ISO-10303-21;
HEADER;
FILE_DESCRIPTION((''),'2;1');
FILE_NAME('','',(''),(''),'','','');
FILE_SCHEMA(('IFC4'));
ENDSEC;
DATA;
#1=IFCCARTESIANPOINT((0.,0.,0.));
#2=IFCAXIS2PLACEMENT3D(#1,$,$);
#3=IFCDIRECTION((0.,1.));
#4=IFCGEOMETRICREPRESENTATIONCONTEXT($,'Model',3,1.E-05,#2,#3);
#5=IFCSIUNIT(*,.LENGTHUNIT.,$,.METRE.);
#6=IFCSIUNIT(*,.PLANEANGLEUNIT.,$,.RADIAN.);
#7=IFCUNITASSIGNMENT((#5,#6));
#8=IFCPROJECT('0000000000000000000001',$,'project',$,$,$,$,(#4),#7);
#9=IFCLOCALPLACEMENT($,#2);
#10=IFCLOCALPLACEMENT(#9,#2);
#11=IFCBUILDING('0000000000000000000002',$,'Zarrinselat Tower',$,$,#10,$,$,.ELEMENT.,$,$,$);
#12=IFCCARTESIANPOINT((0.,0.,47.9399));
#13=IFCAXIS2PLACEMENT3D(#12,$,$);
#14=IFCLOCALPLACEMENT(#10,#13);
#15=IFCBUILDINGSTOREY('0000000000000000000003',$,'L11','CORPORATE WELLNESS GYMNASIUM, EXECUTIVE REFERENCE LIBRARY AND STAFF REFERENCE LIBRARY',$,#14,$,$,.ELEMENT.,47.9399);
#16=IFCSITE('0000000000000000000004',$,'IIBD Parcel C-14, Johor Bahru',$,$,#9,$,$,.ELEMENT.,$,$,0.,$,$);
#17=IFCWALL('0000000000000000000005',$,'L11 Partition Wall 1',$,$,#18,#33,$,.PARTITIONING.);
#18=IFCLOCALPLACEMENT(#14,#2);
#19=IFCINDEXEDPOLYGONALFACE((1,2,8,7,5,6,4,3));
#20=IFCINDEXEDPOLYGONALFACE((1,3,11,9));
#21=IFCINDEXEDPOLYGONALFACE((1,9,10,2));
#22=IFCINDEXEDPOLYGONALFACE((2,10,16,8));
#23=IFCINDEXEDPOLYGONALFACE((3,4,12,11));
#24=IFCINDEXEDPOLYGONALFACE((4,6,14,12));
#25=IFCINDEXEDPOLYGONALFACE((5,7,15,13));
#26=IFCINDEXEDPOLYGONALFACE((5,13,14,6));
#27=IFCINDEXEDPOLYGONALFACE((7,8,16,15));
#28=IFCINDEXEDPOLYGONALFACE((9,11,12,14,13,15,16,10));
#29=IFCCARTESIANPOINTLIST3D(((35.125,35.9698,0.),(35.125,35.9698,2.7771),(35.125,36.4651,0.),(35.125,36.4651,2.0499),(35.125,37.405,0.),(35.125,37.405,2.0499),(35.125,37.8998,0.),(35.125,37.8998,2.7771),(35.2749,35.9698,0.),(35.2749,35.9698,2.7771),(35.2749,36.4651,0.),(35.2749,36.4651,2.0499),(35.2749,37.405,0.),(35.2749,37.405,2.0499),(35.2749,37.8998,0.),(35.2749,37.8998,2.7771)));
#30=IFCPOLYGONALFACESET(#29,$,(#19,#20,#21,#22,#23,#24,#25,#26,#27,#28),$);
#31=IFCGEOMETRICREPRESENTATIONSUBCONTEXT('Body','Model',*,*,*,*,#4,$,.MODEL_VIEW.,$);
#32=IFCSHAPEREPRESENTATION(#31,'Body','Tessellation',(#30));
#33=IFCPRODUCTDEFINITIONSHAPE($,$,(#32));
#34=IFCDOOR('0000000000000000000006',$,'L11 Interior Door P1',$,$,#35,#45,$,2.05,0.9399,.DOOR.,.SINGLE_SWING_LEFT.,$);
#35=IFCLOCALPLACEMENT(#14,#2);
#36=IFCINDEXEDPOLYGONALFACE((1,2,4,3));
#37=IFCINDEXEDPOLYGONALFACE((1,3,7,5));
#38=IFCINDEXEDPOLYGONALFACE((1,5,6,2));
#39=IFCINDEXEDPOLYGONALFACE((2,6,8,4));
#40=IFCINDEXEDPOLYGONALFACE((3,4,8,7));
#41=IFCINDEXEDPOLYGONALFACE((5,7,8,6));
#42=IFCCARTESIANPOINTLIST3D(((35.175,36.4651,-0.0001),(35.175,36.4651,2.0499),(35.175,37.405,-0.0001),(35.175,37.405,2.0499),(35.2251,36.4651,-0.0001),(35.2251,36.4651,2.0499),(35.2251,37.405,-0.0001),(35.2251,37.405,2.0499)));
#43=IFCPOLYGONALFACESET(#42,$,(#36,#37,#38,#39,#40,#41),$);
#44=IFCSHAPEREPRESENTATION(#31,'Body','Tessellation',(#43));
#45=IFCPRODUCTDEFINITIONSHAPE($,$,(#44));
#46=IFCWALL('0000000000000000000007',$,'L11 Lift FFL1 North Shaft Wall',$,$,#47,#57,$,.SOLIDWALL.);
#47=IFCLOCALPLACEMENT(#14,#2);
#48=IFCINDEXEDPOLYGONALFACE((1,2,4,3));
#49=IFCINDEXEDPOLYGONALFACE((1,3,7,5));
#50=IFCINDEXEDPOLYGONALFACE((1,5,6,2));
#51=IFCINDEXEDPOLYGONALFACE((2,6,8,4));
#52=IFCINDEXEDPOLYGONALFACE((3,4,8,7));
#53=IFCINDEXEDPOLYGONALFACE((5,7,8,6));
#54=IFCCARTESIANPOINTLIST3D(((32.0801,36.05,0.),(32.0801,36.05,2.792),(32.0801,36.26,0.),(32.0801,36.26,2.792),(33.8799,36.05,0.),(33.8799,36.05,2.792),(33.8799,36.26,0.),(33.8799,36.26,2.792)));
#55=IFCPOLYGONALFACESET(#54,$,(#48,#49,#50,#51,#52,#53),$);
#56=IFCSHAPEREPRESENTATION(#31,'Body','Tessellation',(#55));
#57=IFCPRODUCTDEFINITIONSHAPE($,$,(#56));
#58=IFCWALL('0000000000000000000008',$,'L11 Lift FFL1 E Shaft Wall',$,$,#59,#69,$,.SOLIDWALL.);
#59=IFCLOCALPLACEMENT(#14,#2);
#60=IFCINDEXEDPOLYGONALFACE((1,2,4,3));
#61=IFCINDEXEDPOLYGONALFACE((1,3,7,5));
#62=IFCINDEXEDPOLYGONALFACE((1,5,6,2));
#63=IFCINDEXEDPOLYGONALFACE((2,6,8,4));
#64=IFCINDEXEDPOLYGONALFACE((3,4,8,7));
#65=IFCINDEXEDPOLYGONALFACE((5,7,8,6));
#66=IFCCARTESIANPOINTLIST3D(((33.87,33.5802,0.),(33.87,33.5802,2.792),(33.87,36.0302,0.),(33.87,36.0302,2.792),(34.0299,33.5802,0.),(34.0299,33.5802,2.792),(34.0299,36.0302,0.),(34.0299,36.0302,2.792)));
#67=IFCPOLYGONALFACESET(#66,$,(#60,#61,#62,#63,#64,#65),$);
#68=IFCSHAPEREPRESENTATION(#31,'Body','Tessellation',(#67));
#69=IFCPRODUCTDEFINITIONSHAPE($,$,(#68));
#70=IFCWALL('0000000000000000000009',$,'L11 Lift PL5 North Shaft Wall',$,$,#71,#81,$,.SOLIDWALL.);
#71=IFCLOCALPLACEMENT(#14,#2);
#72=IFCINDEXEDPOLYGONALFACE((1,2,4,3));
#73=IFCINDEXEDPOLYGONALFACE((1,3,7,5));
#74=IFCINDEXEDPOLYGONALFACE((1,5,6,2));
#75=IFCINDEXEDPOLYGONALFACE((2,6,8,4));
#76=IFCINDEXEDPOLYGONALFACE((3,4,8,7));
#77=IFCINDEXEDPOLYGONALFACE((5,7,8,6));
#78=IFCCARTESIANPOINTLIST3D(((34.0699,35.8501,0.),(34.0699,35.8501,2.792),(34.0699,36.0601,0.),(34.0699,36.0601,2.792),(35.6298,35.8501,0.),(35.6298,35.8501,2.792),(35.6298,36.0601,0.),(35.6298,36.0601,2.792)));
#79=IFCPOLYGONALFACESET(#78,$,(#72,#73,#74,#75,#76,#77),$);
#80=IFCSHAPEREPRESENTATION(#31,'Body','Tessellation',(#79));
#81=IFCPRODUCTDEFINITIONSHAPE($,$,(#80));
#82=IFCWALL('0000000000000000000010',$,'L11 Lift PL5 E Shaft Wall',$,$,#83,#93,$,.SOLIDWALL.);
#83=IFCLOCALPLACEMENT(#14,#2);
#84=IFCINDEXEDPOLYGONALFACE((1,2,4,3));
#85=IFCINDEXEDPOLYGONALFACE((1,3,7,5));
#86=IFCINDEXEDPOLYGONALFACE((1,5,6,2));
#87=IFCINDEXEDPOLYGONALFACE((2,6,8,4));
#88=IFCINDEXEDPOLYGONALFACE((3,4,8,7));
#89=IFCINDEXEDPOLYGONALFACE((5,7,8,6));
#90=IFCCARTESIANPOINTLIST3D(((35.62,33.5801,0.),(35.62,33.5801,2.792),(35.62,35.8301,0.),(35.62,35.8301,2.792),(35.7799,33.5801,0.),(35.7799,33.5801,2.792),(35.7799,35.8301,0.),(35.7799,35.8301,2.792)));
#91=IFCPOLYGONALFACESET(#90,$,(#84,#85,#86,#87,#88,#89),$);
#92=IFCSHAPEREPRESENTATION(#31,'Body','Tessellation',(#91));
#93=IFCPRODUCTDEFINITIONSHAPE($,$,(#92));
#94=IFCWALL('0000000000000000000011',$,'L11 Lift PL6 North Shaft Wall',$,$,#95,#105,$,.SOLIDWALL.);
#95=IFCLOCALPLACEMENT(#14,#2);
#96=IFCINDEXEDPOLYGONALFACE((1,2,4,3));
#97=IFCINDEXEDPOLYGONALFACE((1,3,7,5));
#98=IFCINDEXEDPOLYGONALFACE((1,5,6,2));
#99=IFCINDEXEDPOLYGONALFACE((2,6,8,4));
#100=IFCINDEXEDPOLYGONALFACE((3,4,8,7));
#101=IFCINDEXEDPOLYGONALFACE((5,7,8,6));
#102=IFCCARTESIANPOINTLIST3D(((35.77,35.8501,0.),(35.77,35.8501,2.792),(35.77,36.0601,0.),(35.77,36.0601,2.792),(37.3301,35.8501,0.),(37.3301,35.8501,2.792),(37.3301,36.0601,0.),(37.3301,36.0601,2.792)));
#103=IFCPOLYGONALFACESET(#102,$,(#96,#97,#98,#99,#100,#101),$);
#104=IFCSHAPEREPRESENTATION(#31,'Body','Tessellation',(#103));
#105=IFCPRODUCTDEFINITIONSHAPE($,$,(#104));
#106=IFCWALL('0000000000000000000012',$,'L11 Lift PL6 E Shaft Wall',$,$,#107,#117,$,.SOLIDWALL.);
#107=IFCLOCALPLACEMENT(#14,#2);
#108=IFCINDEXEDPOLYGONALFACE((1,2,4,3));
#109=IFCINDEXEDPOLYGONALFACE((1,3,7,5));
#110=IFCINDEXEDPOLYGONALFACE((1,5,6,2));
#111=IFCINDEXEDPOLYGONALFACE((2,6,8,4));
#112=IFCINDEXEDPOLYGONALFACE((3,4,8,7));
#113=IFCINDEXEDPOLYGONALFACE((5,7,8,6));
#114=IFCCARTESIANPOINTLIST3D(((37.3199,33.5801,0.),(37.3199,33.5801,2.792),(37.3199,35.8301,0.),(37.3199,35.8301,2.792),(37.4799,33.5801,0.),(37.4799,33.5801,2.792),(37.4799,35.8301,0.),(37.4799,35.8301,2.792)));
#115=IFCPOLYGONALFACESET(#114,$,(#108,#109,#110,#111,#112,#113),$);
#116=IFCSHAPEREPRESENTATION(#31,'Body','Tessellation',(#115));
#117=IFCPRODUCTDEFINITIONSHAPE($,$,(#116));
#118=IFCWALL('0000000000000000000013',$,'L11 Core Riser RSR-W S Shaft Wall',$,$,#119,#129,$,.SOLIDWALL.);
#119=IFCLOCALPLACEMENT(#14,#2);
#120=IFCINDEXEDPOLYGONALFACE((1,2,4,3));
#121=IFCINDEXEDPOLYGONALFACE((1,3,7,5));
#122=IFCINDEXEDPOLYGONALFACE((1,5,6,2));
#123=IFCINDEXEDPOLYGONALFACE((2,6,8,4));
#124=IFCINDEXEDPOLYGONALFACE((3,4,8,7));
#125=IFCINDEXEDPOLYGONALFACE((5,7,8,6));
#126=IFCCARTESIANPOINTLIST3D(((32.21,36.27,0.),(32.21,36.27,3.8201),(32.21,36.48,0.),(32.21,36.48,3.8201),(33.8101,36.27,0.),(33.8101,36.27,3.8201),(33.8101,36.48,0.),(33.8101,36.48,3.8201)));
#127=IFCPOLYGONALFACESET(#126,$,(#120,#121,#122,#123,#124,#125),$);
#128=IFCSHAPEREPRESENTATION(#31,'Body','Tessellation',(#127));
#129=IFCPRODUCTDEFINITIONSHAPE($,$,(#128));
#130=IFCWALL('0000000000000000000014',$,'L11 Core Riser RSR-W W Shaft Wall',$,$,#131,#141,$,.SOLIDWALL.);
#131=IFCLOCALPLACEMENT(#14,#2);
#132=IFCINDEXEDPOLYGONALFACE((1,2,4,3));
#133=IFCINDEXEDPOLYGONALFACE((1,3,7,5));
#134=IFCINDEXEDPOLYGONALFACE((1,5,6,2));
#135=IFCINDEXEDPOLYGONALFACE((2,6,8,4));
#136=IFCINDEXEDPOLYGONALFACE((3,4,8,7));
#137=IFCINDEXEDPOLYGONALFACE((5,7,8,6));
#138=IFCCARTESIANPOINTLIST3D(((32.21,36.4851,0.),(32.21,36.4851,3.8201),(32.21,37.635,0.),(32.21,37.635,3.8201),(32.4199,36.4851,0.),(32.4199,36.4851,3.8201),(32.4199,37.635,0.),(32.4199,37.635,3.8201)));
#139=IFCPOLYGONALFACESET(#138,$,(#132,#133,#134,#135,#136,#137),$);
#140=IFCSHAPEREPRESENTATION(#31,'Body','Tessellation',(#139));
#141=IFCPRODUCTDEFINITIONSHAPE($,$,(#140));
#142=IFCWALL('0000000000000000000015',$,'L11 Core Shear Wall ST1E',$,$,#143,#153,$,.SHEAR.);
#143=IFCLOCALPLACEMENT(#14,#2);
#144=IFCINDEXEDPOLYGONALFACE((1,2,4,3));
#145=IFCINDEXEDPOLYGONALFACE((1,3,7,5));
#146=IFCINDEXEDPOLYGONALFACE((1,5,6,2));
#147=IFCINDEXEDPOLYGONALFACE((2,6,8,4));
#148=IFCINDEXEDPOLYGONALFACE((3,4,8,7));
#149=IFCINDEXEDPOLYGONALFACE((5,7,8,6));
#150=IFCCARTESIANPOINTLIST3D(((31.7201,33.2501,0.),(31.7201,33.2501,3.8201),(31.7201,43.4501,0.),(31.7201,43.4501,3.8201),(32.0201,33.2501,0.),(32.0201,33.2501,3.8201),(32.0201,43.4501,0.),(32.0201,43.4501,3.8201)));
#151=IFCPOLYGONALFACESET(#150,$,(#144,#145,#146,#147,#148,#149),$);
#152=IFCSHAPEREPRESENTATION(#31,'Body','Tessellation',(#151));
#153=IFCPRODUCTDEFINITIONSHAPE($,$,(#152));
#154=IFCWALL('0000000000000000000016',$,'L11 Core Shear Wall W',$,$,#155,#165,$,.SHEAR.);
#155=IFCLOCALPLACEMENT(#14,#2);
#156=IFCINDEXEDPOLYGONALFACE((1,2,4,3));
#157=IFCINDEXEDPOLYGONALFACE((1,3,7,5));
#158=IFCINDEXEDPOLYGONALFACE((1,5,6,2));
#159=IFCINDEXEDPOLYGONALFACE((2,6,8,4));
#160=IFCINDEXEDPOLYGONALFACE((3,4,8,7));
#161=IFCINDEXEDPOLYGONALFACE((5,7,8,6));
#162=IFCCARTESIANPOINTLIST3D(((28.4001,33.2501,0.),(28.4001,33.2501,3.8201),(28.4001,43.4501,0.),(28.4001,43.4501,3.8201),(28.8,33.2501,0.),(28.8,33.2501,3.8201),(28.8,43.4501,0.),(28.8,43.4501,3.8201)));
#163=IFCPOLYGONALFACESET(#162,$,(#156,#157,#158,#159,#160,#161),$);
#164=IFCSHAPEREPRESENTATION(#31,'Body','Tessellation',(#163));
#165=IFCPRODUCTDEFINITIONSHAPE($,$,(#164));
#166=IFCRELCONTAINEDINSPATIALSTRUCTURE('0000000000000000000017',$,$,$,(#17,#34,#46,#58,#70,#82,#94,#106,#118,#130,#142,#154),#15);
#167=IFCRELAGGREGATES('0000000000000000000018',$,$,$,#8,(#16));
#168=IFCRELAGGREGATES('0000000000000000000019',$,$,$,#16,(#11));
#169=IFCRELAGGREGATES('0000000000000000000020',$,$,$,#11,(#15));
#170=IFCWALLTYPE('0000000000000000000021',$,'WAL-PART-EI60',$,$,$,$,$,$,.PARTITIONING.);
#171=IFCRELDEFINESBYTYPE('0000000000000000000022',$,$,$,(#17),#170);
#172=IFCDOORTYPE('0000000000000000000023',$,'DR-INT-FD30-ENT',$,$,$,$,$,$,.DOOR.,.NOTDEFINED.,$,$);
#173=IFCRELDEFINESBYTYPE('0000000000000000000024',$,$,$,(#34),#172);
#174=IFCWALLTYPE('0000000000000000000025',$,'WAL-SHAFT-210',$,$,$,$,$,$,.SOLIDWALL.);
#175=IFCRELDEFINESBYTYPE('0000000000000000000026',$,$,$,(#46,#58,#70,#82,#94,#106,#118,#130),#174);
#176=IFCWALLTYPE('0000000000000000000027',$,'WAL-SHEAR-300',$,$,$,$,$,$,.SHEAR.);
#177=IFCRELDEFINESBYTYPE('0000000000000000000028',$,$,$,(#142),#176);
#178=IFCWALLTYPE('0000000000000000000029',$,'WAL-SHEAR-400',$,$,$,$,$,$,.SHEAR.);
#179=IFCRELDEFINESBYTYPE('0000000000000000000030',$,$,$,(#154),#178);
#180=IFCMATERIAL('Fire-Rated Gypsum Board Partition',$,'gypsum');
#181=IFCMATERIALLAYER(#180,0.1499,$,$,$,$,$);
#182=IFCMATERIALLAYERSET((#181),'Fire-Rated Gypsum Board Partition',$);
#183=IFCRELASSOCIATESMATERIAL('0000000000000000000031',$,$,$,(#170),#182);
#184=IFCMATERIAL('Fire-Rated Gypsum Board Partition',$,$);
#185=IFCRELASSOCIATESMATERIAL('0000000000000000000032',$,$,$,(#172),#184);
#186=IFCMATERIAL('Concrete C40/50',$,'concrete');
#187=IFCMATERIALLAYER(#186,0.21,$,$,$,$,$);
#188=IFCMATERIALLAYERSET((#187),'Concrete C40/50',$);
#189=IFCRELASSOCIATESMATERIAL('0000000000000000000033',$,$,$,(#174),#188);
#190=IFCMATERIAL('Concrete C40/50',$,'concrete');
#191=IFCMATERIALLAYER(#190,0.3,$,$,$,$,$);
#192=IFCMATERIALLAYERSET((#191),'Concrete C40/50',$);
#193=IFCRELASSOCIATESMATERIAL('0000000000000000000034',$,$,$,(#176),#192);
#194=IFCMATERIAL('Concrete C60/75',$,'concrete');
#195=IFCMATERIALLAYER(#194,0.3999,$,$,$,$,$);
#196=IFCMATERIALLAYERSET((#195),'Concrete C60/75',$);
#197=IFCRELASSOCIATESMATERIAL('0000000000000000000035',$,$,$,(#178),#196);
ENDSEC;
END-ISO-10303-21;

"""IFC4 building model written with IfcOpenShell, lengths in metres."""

from ifc_helpers import new_model, si_unit, direction, frame, frame_2d, origin, place, context, subcontext, project, spatial, rectangle, extrude, material, layer, layer_set, type_object, element, fill, save


model = new_model("IFC4")

# Units and contexts
model_context = context("Model", 3, precision=1e-05, world=origin(), true_north=direction((0.0, 1.0)))
body_context = subcontext(model_context, "Body", "Model", "MODEL_VIEW")
ifc_project = project(units=[si_unit("LENGTHUNIT", "METRE"), si_unit("PLANEANGLEUNIT", "RADIAN")], contexts=[model_context])

# Site, building, storey
site_placement = place(None, origin())
site = spatial("IfcSite", under=ifc_project, at=site_placement, Name="IIBD Parcel C-14, Johor Bahru", CompositionType="ELEMENT", RefElevation=0.0)
building_placement = place(site_placement, origin())
building = spatial("IfcBuilding", under=site, at=building_placement, Name="Zarrinselat Tower", CompositionType="ELEMENT")
storey_placement = place(building_placement, frame((0.0, 0.0, 47.9399)))
storey = spatial("IfcBuildingStorey", under=building, at=storey_placement, Name="L11", Description="CORPORATE WELLNESS GYMNASIUM, EXECUTIVE REFERENCE LIBRARY AND STAFF REFERENCE LIBRARY", CompositionType="ELEMENT", Elevation=47.9399)

# Wall, opening, door
ifc_material_1 = material(Name="Fire-Rated Gypsum Board Partition", Category="gypsum")
ifc_layer_1 = layer(ifc_material_1, 0.1499)
ifc_layer_set_1 = layer_set([ifc_layer_1], Name="Fire-Rated Gypsum Board Partition")
wall_type_1 = type_object("IfcWallType", Name="WAL-PART-EI60", PredefinedType="PARTITIONING", material=ifc_layer_set_1)
wall_1_placement = place(storey_placement, frame((35.2, 35.97, 0.0), z_axis=(0.0, 0.0, 1.0), x_axis=(0.0, 1.0, 0.0)))
wall_1 = element("IfcWall", 1, at=wall_1_placement, inside=storey, type_object=wall_type_1, Name="L11 Partition Wall 1", PredefinedType="PARTITIONING", context=body_context, shape_type="SweptSolid", body=[
    extrude(rectangle(XDim=1.9299, YDim=0.1499, at=frame_2d((0.9648, 0.0))), origin(), (0.0, 0.0, 1.0), 2.7771),
])
opening_1_placement = place(wall_1_placement, frame((0.4951, 0.0, 0.0)))
opening_1 = element("IfcOpeningElement", 2, at=opening_1_placement, cuts=wall_1, PredefinedType="OPENING", context=body_context, shape_type="SweptSolid", body=[
    extrude(rectangle(XDim=0.9399, YDim=2.05, at=frame_2d((0.47, 1.0249))), frame((0.0, 0.085, 0.0), z_axis=(0.0, -1.0, 0.0), x_axis=(1.0, 0.0, 0.0)), (0.0, 0.0, 1.0), 0.1699),
])
ifc_material_2 = material(Name="Fire-Rated Gypsum Board Partition")
door_type_1 = type_object("IfcDoorType", Name="DR-INT-FD30-ENT", OperationType="NOTDEFINED", PredefinedType="DOOR", material=ifc_material_2)
door_1_placement = place(opening_1_placement, origin())
door_1 = element("IfcDoor", 3, at=door_1_placement, inside=storey, type_object=door_type_1, Name="L11 Interior Door P1", OperationType="SINGLE_SWING_LEFT", OverallHeight=2.05, OverallWidth=0.9399, PredefinedType="DOOR", context=body_context, shape_type="SweptSolid", body=[
    extrude(rectangle(XDim=0.9399, YDim=2.05, at=frame_2d((0.47, 1.0249))), frame((0.0, 0.0249, 0.0), z_axis=(0.0, -1.0, 0.0), x_axis=(1.0, 0.0, 0.0)), (0.0, 0.0, 1.0), 0.05),
])
fill(opening_1, door_1)

# Walls
ifc_material_3 = material(Name="Concrete C40/50", Category="concrete")
ifc_layer_2 = layer(ifc_material_3, 0.21)
ifc_layer_set_2 = layer_set([ifc_layer_2], Name="Concrete C40/50")
wall_type_2 = type_object("IfcWallType", Name="WAL-SHAFT-210", PredefinedType="SOLIDWALL", material=ifc_layer_set_2)
wall_2_placement = place(storey_placement, frame((32.0801, 36.155, 0.0), z_axis=(0.0, 0.0, 1.0), x_axis=(1.0, 0.0, 0.0)))
element("IfcWall", 4, at=wall_2_placement, inside=storey, type_object=wall_type_2, Name="L11 Lift FFL1 North Shaft Wall", PredefinedType="SOLIDWALL", context=body_context, shape_type="SweptSolid", body=[
    extrude(rectangle(XDim=1.7998, YDim=0.21, at=frame_2d((0.8999, 0.0))), origin(), (0.0, 0.0, 1.0), 2.792),
])
wall_3_placement = place(storey_placement, frame((33.95, 33.5801, 0.0), z_axis=(0.0, 0.0, 1.0), x_axis=(0.0, 1.0, 0.0)))
element("IfcWall", 5, at=wall_3_placement, inside=storey, type_object=wall_type_2, Name="L11 Lift FFL1 E Shaft Wall", PredefinedType="SOLIDWALL", context=body_context, shape_type="SweptSolid", body=[
    extrude(rectangle(XDim=2.45, YDim=0.1599, at=frame_2d((1.2251, 0.0))), origin(), (0.0, 0.0, 1.0), 2.792),
])
wall_4_placement = place(storey_placement, frame((34.0701, 35.9551, 0.0), z_axis=(0.0, 0.0, 1.0), x_axis=(1.0, 0.0, 0.0)))
element("IfcWall", 6, at=wall_4_placement, inside=storey, type_object=wall_type_2, Name="L11 Lift PL5 North Shaft Wall", PredefinedType="SOLIDWALL", context=body_context, shape_type="SweptSolid", body=[
    extrude(rectangle(XDim=1.5598, YDim=0.21, at=frame_2d((0.7798, 0.0))), origin(), (0.0, 0.0, 1.0), 2.792),
])
wall_5_placement = place(storey_placement, frame((35.7, 33.5801, 0.0), z_axis=(0.0, 0.0, 1.0), x_axis=(0.0, 1.0, 0.0)))
element("IfcWall", 7, at=wall_5_placement, inside=storey, type_object=wall_type_2, Name="L11 Lift PL5 E Shaft Wall", PredefinedType="SOLIDWALL", context=body_context, shape_type="SweptSolid", body=[
    extrude(rectangle(XDim=2.25, YDim=0.1599, at=frame_2d((1.125, 0.0))), origin(), (0.0, 0.0, 1.0), 2.792),
])
wall_6_placement = place(storey_placement, frame((35.77, 35.9551, 0.0), z_axis=(0.0, 0.0, 1.0), x_axis=(1.0, 0.0, 0.0)))
element("IfcWall", 8, at=wall_6_placement, inside=storey, type_object=wall_type_2, Name="L11 Lift PL6 North Shaft Wall", PredefinedType="SOLIDWALL", context=body_context, shape_type="SweptSolid", body=[
    extrude(rectangle(XDim=1.5601, YDim=0.21, at=frame_2d((0.78, 0.0))), origin(), (0.0, 0.0, 1.0), 2.792),
])
wall_7_placement = place(storey_placement, frame((37.3999, 33.5801, 0.0), z_axis=(0.0, 0.0, 1.0), x_axis=(0.0, 1.0, 0.0)))
element("IfcWall", 9, at=wall_7_placement, inside=storey, type_object=wall_type_2, Name="L11 Lift PL6 E Shaft Wall", PredefinedType="SOLIDWALL", context=body_context, shape_type="SweptSolid", body=[
    extrude(rectangle(XDim=2.25, YDim=0.1599, at=frame_2d((1.125, 0.0))), origin(), (0.0, 0.0, 1.0), 2.792),
])
wall_8_placement = place(storey_placement, frame((32.21, 36.375, 0.0), z_axis=(0.0, 0.0, 1.0), x_axis=(1.0, 0.0, 0.0)))
element("IfcWall", 10, at=wall_8_placement, inside=storey, type_object=wall_type_2, Name="L11 Core Riser RSR-W S Shaft Wall", PredefinedType="SOLIDWALL", context=body_context, shape_type="SweptSolid", body=[
    extrude(rectangle(XDim=1.6001, YDim=0.21, at=frame_2d((0.8, 0.0))), origin(), (0.0, 0.0, 1.0), 3.8201),
])
wall_9_placement = place(storey_placement, frame((32.3149, 36.4851, 0.0), z_axis=(0.0, 0.0, 1.0), x_axis=(0.0, 1.0, 0.0)))
element("IfcWall", 11, at=wall_9_placement, inside=storey, type_object=wall_type_2, Name="L11 Core Riser RSR-W W Shaft Wall", PredefinedType="SOLIDWALL", context=body_context, shape_type="SweptSolid", body=[
    extrude(rectangle(XDim=1.1499, YDim=0.21, at=frame_2d((0.575, 0.0))), origin(), (0.0, 0.0, 1.0), 3.8201),
])
ifc_material_4 = material(Name="Concrete C40/50", Category="concrete")
ifc_layer_3 = layer(ifc_material_4, 0.3)
ifc_layer_set_3 = layer_set([ifc_layer_3], Name="Concrete C40/50")
wall_type_3 = type_object("IfcWallType", Name="WAL-SHEAR-300", PredefinedType="SHEAR", material=ifc_layer_set_3)
wall_10_placement = place(storey_placement, frame((31.8701, 33.25, 0.0), z_axis=(0.0, 0.0, 1.0), x_axis=(0.0, 1.0, 0.0)))
element("IfcWall", 12, at=wall_10_placement, inside=storey, type_object=wall_type_3, Name="L11 Core Shear Wall ST1E", PredefinedType="SHEAR", context=body_context, shape_type="SweptSolid", body=[
    extrude(rectangle(XDim=10.2, YDim=0.3, at=frame_2d((5.1001, 0.0))), origin(), (0.0, 0.0, 1.0), 3.8201),
])

# Shared definitions
ifc_material_5 = material(Name="Concrete C60/75", Category="concrete")
ifc_layer_4 = layer(ifc_material_5, 0.3999)
ifc_layer_set_4 = layer_set([ifc_layer_4], Name="Concrete C60/75")
wall_type_4 = type_object("IfcWallType", Name="WAL-SHEAR-400", PredefinedType="SHEAR", material=ifc_layer_set_4)

# Wall
wall_11_placement = place(storey_placement, frame((28.6001, 33.25, 0.0), z_axis=(0.0, 0.0, 1.0), x_axis=(0.0, 1.0, 0.0)))
element("IfcWall", 13, at=wall_11_placement, inside=storey, type_object=wall_type_4, Name="L11 Core Shear Wall W", PredefinedType="SHEAR", context=body_context, shape_type="SweptSolid", body=[
    extrude(rectangle(XDim=10.2, YDim=0.3999, at=frame_2d((5.1001, 0.0))), origin(), (0.0, 0.0, 1.0), 3.8201),
])

save(model, "model.ifc")
